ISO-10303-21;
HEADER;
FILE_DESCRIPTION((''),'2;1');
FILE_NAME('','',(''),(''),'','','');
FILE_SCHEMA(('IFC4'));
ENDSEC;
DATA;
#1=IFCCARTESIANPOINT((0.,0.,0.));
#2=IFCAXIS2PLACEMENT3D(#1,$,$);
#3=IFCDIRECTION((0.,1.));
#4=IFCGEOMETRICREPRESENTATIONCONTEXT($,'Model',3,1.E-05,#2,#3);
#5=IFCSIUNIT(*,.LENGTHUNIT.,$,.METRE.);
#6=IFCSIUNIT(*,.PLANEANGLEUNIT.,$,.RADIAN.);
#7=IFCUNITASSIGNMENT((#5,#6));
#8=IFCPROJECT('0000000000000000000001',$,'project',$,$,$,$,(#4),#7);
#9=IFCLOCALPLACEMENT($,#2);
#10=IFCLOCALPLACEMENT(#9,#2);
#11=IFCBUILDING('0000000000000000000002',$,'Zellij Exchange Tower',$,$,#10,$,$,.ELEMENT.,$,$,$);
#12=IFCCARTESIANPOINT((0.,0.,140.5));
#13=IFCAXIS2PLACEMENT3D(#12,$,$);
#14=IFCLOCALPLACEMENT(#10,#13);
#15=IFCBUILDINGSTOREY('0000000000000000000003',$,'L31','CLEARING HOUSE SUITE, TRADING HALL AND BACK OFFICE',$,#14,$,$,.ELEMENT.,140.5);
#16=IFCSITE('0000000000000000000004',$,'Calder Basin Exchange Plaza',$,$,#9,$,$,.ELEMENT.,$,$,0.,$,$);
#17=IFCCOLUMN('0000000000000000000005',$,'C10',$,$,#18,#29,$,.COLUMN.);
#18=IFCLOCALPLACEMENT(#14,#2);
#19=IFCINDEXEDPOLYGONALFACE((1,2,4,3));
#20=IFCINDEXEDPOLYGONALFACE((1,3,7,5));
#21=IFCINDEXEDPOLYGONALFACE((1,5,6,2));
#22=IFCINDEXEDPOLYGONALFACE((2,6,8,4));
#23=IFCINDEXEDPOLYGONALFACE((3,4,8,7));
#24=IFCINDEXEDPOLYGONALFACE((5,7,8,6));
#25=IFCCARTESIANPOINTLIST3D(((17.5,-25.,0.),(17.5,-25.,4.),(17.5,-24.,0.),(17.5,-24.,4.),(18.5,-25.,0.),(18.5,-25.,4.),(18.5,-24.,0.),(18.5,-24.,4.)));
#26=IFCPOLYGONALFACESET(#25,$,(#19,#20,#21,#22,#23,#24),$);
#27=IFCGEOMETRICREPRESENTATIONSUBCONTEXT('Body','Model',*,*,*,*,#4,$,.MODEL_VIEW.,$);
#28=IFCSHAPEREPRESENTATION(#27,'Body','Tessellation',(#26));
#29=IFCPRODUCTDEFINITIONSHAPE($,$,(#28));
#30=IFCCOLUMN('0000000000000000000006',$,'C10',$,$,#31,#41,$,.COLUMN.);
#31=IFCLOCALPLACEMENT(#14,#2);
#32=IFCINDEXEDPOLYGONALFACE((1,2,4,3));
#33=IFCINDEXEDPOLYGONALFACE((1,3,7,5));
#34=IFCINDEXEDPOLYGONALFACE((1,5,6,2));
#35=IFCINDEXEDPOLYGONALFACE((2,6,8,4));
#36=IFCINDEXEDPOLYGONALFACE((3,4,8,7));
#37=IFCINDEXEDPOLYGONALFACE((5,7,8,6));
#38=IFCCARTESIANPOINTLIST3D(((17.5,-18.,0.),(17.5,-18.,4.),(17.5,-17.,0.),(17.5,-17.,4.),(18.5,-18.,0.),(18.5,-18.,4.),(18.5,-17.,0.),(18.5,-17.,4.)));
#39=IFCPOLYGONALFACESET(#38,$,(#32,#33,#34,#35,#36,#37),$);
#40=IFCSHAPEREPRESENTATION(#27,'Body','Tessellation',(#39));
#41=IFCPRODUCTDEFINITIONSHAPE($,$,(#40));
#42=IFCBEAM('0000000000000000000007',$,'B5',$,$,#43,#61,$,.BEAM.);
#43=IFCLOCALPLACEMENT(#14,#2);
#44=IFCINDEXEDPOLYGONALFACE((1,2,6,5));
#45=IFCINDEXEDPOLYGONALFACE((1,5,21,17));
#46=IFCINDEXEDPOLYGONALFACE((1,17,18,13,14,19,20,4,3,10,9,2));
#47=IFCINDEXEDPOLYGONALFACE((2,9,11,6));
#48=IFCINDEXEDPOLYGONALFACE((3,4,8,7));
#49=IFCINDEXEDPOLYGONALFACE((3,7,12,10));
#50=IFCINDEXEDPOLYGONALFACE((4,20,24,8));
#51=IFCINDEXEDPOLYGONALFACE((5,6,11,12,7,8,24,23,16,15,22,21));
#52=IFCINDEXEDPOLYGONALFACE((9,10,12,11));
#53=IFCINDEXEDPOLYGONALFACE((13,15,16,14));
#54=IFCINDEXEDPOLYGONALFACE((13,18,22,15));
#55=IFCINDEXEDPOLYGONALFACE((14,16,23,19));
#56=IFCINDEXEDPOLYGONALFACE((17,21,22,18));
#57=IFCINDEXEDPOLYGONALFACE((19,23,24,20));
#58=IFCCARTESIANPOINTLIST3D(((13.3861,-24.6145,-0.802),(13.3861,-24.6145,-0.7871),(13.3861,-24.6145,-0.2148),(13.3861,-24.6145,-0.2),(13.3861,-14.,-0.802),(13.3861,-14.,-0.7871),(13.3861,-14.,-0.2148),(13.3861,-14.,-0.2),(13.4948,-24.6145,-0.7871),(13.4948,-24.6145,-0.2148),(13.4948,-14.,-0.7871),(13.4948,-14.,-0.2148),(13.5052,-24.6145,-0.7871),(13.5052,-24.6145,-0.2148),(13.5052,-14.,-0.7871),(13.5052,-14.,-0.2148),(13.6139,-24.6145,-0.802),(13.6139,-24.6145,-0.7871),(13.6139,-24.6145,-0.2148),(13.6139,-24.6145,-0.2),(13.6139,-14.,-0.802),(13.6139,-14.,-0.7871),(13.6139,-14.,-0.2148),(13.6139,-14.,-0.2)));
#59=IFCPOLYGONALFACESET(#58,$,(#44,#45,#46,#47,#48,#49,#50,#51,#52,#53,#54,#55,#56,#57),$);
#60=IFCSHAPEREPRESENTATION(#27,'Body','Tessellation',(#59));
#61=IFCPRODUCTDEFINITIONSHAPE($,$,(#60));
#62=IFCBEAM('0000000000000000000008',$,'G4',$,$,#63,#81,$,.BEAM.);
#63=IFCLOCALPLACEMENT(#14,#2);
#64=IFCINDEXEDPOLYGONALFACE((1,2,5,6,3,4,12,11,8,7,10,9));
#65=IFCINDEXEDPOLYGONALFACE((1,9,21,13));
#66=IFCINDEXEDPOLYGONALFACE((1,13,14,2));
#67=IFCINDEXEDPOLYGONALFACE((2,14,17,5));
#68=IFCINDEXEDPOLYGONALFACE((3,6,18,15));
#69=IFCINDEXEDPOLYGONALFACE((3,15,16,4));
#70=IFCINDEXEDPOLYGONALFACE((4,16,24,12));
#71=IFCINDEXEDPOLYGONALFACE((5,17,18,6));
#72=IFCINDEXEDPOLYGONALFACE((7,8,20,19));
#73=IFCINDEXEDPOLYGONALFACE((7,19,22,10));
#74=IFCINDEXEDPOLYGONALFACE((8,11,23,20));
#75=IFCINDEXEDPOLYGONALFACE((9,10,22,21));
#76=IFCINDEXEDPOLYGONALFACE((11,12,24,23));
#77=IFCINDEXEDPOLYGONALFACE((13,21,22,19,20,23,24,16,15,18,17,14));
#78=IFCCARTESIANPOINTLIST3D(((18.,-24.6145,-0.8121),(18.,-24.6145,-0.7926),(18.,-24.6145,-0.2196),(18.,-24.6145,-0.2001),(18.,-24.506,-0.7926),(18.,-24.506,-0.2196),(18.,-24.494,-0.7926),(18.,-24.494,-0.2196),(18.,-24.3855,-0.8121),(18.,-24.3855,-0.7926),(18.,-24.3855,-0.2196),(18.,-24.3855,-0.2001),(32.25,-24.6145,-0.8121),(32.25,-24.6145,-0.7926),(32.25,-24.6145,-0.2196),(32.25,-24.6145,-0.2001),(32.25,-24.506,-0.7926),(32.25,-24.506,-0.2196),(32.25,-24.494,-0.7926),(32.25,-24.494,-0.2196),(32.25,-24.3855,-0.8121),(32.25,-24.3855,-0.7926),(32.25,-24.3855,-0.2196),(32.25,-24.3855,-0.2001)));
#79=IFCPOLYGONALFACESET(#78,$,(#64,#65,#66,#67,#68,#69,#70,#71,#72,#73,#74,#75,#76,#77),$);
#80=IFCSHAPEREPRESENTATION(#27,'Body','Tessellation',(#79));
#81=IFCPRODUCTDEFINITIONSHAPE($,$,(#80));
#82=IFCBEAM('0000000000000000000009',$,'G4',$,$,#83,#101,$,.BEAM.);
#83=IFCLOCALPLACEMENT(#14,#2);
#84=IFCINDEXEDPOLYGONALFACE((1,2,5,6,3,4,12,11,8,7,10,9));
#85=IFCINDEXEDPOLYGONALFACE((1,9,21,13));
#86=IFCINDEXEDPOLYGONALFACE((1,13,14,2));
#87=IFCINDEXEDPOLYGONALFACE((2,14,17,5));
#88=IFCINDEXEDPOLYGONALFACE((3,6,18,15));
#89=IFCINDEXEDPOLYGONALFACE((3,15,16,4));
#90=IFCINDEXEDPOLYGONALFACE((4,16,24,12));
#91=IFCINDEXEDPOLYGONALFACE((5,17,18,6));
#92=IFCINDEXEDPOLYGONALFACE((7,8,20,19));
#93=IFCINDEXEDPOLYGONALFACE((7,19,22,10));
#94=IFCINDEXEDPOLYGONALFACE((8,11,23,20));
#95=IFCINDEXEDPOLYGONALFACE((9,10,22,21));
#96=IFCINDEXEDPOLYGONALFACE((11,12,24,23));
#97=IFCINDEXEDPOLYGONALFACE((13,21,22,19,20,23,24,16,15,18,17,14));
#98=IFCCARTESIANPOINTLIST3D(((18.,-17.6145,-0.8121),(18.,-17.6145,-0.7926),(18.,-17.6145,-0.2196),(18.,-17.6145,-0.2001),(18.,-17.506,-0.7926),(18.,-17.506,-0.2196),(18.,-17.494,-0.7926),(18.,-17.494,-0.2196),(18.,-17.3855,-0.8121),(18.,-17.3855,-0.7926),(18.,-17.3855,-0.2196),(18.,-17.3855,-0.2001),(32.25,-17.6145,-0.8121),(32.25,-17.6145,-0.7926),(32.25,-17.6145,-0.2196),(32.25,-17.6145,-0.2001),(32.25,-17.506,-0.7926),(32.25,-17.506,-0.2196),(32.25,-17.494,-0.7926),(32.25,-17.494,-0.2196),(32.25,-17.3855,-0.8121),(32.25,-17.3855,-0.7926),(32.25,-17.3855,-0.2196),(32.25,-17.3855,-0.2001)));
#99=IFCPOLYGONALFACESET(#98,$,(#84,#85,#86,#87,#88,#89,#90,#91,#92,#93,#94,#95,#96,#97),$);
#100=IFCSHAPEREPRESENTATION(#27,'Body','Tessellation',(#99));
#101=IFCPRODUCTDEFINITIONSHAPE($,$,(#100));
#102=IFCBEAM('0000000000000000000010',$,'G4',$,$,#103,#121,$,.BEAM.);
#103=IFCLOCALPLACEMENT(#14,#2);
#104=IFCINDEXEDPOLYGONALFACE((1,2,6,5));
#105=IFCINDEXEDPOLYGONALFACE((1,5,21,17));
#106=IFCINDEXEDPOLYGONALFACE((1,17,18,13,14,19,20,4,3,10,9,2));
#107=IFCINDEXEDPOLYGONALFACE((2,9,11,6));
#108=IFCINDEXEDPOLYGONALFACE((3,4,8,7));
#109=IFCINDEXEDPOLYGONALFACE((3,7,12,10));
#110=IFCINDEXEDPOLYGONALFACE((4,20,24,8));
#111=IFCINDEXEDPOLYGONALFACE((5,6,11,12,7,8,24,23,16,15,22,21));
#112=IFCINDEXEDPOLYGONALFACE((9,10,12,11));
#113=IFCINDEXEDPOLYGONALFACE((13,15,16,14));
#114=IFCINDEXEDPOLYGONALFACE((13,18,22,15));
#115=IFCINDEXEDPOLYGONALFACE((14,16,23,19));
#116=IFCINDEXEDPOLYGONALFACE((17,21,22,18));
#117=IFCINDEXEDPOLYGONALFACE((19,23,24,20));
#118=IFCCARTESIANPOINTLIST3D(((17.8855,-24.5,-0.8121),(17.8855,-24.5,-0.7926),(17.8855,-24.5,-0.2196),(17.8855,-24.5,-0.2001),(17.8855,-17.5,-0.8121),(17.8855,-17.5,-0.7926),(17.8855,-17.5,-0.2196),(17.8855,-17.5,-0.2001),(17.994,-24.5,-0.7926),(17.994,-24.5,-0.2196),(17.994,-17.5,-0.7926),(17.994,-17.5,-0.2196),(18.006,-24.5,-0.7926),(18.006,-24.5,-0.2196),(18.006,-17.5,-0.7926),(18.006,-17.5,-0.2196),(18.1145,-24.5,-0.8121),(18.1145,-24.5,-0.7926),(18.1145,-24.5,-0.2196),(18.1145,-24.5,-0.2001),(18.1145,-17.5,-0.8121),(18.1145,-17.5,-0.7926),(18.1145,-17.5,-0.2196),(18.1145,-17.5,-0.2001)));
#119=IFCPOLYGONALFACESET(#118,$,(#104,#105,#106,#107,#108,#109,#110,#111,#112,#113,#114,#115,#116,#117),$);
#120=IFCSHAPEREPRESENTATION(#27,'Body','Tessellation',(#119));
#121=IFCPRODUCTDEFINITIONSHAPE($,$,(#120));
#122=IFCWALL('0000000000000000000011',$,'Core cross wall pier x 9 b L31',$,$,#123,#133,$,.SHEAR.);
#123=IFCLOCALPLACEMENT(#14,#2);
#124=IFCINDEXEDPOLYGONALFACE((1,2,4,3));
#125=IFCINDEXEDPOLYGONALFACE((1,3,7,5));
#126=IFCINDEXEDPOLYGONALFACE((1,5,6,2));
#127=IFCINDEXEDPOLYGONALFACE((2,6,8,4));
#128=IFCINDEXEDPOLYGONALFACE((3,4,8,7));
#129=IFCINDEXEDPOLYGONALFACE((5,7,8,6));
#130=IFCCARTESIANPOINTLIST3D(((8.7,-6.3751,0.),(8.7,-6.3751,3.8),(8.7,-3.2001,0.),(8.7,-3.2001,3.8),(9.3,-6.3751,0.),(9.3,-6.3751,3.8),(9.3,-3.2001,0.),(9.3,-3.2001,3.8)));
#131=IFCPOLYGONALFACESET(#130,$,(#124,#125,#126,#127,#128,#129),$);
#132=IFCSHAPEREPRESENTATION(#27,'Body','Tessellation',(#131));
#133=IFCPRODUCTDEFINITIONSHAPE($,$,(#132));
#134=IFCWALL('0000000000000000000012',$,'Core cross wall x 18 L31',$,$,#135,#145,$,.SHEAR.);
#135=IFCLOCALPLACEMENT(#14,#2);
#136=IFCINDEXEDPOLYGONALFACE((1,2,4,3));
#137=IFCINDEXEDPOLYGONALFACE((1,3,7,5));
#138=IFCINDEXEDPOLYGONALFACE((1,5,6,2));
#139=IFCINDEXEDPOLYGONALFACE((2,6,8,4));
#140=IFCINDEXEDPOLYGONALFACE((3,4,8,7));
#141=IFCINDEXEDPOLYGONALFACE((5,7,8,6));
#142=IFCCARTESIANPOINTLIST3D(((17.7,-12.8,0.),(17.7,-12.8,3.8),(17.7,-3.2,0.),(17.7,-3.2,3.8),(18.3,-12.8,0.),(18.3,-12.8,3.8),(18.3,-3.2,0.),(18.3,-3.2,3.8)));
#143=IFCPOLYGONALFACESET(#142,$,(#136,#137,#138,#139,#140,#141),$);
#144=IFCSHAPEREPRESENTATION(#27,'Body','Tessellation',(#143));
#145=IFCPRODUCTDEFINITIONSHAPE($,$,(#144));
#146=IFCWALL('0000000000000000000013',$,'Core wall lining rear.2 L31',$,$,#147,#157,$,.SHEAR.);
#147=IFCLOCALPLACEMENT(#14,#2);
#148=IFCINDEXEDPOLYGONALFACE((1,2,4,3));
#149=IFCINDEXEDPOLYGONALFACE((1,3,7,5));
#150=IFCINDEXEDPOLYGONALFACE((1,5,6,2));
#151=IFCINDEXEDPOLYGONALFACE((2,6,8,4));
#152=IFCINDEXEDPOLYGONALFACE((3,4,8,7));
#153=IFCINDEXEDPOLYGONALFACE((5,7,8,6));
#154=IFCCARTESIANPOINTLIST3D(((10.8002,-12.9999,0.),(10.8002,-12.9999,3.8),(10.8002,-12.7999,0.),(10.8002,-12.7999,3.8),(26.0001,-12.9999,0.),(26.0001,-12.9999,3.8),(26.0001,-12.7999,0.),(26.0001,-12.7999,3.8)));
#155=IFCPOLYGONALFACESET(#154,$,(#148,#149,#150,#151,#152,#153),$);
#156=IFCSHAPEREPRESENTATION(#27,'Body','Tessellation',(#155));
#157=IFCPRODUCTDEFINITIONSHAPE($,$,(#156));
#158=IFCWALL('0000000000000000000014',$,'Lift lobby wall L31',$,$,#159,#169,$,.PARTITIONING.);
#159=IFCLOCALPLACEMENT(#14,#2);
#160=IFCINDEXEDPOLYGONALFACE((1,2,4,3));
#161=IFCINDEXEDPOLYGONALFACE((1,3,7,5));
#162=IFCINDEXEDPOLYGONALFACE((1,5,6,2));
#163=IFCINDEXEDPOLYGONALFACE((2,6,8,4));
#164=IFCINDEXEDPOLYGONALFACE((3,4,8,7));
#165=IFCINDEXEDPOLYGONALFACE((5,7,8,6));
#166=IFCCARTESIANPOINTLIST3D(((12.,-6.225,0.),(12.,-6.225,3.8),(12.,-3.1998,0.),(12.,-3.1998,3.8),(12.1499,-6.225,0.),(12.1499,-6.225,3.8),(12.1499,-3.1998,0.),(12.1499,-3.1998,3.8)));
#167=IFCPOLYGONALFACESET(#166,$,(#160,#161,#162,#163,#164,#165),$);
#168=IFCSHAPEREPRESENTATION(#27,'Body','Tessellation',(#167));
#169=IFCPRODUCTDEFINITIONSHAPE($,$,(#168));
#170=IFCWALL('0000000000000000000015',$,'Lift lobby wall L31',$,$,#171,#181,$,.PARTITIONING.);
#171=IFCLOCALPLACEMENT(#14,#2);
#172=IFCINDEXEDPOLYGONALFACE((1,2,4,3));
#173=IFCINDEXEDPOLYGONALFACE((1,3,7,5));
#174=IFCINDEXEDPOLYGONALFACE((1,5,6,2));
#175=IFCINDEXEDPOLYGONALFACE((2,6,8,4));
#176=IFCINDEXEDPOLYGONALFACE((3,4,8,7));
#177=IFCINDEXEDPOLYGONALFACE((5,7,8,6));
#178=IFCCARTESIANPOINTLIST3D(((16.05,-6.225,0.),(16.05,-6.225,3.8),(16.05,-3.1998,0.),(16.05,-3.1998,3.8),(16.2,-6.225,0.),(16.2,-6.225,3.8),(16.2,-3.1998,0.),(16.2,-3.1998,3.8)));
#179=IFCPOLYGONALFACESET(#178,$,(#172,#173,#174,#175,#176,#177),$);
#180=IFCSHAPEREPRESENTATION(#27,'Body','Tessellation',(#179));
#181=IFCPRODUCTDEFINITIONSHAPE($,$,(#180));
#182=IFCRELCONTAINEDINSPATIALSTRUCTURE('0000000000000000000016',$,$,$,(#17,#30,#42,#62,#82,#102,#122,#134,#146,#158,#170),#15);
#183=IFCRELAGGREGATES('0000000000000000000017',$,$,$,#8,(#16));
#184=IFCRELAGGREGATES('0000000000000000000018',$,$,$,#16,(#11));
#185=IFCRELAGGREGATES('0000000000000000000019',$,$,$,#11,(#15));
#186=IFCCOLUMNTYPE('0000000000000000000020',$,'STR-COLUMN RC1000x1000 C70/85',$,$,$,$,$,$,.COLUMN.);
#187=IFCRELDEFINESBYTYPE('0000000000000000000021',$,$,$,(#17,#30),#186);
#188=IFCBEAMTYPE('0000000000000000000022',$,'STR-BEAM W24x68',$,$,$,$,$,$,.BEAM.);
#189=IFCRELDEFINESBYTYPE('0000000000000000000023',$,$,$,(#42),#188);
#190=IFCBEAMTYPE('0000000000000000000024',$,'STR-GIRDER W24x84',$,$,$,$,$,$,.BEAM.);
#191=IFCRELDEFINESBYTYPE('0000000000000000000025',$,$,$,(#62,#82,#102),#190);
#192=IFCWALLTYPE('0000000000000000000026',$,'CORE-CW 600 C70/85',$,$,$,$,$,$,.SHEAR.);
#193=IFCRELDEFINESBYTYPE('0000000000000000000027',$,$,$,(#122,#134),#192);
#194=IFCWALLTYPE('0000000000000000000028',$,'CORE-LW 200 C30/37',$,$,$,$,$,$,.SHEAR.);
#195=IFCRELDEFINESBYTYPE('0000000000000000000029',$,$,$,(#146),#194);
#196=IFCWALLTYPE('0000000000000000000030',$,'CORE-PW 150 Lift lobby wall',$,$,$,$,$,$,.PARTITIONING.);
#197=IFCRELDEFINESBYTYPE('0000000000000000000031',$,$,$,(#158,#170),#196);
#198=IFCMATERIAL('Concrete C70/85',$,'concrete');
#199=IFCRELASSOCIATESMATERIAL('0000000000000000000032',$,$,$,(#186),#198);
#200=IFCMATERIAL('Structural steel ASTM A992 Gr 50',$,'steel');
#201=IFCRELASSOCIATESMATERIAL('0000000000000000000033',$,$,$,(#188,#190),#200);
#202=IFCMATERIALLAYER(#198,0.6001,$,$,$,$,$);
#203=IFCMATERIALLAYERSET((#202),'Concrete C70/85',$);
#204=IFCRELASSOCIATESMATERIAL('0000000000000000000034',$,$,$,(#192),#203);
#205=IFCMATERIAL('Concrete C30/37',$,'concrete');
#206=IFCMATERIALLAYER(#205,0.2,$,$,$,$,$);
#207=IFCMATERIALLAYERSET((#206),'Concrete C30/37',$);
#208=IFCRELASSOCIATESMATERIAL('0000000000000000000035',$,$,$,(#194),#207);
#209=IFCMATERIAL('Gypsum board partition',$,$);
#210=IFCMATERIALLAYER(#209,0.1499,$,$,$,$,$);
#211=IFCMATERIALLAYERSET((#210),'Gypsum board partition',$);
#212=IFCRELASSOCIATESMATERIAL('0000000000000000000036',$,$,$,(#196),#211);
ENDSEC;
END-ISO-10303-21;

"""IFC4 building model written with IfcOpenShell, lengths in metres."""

from ifc_helpers import new_model, si_unit, direction, frame, frame_2d, origin, origin_2d, place, context, subcontext, project, spatial, rectangle, i_section, extrude, material, layer, layer_set, material_profile, profile_set, type_object, element, save


model = new_model("IFC4")

# Units and contexts
model_context = context("Model", 3, precision=1e-05, world=origin(), true_north=direction((0.0, 1.0)))
body_context = subcontext(model_context, "Body", "Model", "MODEL_VIEW")
ifc_project = project(units=[si_unit("LENGTHUNIT", "METRE"), si_unit("PLANEANGLEUNIT", "RADIAN")], contexts=[model_context])

# Site, building, storey
site_placement = place(None, origin())
site = spatial("IfcSite", under=ifc_project, at=site_placement, Name="Calder Basin Exchange Plaza", CompositionType="ELEMENT", RefElevation=0.0)
building_placement = place(site_placement, origin())
building = spatial("IfcBuilding", under=site, at=building_placement, Name="Zellij Exchange Tower", CompositionType="ELEMENT")
storey_placement = place(building_placement, frame((0.0, 0.0, 140.5)))
storey = spatial("IfcBuildingStorey", under=building, at=storey_placement, Name="L31", Description="CLEARING HOUSE SUITE, TRADING HALL AND BACK OFFICE", CompositionType="ELEMENT", Elevation=140.5)

# Columns
ifc_material_1 = material(Name="Concrete C70/85", Category="concrete")
ifc_material_profile_1 = material_profile(ifc_material_1, rectangle(XDim=1.0, YDim=1.0, at=origin_2d()), Name="STR-COLUMN RC1000x1000 C70/85")
ifc_profile_set_1 = profile_set([ifc_material_profile_1], Name="Concrete C70/85")
column_type = type_object("IfcColumnType", Name="STR-COLUMN RC1000x1000 C70/85", PredefinedType="COLUMN", material=ifc_profile_set_1)
for number, where, z_axis, x_axis, name in (
    (1, (18.0, -24.5, 0.0), (0.0, 0.0, 1.0), (1.0, 0.0, 0.0), "C10"),
    (2, (18.0, -17.5, 0.0), (0.0, 0.0, 1.0), (1.0, 0.0, 0.0), "C10"),
):
    element("IfcColumn", number, at=place(storey_placement, frame(where, z_axis=z_axis, x_axis=x_axis)), inside=storey, type_object=column_type, Name=name, PredefinedType="COLUMN", context=body_context, shape_type="SweptSolid", body=[
        extrude(rectangle(XDim=1.0, YDim=1.0, at=origin_2d()), origin(), (0.0, 0.0, 1.0), 4.0),
    ])

# Beams
ifc_material_2 = material(Name="Structural steel ASTM A992 Gr 50", Category="steel")
ifc_material_profile_2 = material_profile(ifc_material_2, i_section(OverallWidth=0.2278, OverallDepth=0.6021, WebThickness=0.0105, FlangeThickness=0.0149, at=origin_2d()), Name="W24x68")
ifc_profile_set_2 = profile_set([ifc_material_profile_2], Name="Structural steel ASTM A992 Gr 50")
beam_type_1 = type_object("IfcBeamType", Name="STR-BEAM W24x68", PredefinedType="BEAM", material=ifc_profile_set_2)
beam_1_placement = place(storey_placement, frame((13.5, -24.6145, -0.501), z_axis=(0.0, 1.0, 0.0), x_axis=(-1.0, 0.0, 0.0)))
element("IfcBeam", 3, at=beam_1_placement, inside=storey, type_object=beam_type_1, Name="B5", PredefinedType="BEAM", context=body_context, shape_type="SweptSolid", body=[
    extrude(i_section(OverallWidth=0.2278, OverallDepth=0.6021, WebThickness=0.0105, FlangeThickness=0.0149, at=origin_2d()), origin(), (0.0, 0.0, 1.0), 10.6145),
])
ifc_material_profile_3 = material_profile(ifc_material_2, i_section(OverallWidth=0.229, OverallDepth=0.6121, WebThickness=0.012, FlangeThickness=0.0195, at=origin_2d()), Name="W24x84")
ifc_profile_set_3 = profile_set([ifc_material_profile_3], Name="Structural steel ASTM A992 Gr 50")
beam_type_2 = type_object("IfcBeamType", Name="STR-GIRDER W24x84", PredefinedType="BEAM", material=ifc_profile_set_3)
for number, where, z_axis, x_axis, name in (
    (4, (18.0, -24.5, -0.5061), (1.0, 0.0, 0.0), (0.0, 1.0, 0.0), "G4"),
    (5, (18.0, -17.5, -0.5061), (1.0, 0.0, 0.0), (0.0, 1.0, 0.0), "G4"),
):
    element("IfcBeam", number, at=place(storey_placement, frame(where, z_axis=z_axis, x_axis=x_axis)), inside=storey, type_object=beam_type_2, Name=name, PredefinedType="BEAM", context=body_context, shape_type="SweptSolid", body=[
        extrude(i_section(OverallWidth=0.229, OverallDepth=0.6121, WebThickness=0.012, FlangeThickness=0.0195, at=origin_2d()), origin(), (0.0, 0.0, 1.0), 14.25),
    ])
beam_2_placement = place(storey_placement, frame((18.0, -24.5, -0.5061), z_axis=(0.0, 1.0, 0.0), x_axis=(-1.0, 0.0, 0.0)))
element("IfcBeam", 6, at=beam_2_placement, inside=storey, type_object=beam_type_2, Name="G4", PredefinedType="BEAM", context=body_context, shape_type="SweptSolid", body=[
    extrude(i_section(OverallWidth=0.229, OverallDepth=0.6121, WebThickness=0.012, FlangeThickness=0.0195, at=origin_2d()), origin(), (0.0, 0.0, 1.0), 7.0),
])

# Walls
ifc_layer_1 = layer(ifc_material_1, 0.6001)
ifc_layer_set_1 = layer_set([ifc_layer_1], Name="Concrete C70/85")
wall_type_1 = type_object("IfcWallType", Name="CORE-CW 600 C70/85", PredefinedType="SHEAR", material=ifc_layer_set_1)
wall_1_placement = place(storey_placement, frame((9.0, -6.375, 0.0), z_axis=(0.0, 0.0, 1.0), x_axis=(0.0, 1.0, 0.0)))
element("IfcWall", 7, at=wall_1_placement, inside=storey, type_object=wall_type_1, Name="Core cross wall pier x 9 b L31", PredefinedType="SHEAR", context=body_context, shape_type="SweptSolid", body=[
    extrude(rectangle(XDim=3.175, YDim=0.6001, at=frame_2d((1.5874, 0.0))), origin(), (0.0, 0.0, 1.0), 3.8),
])
wall_2_placement = place(storey_placement, frame((18.0, -12.8, 0.0), z_axis=(0.0, 0.0, 1.0), x_axis=(0.0, 1.0, 0.0)))
element("IfcWall", 8, at=wall_2_placement, inside=storey, type_object=wall_type_1, Name="Core cross wall x 18 L31", PredefinedType="SHEAR", context=body_context, shape_type="SweptSolid", body=[
    extrude(rectangle(XDim=9.6001, YDim=0.6001, at=frame_2d((4.8, 0.0))), origin(), (0.0, 0.0, 1.0), 3.8),
])
ifc_material_3 = material(Name="Concrete C30/37", Category="concrete")
ifc_layer_2 = layer(ifc_material_3, 0.2)
ifc_layer_set_2 = layer_set([ifc_layer_2], Name="Concrete C30/37")
wall_type_2 = type_object("IfcWallType", Name="CORE-LW 200 C30/37", PredefinedType="SHEAR", material=ifc_layer_set_2)
wall_3_placement = place(storey_placement, frame((10.8, -12.8999, 0.0), z_axis=(0.0, 0.0, 1.0), x_axis=(1.0, 0.0, 0.0)))
element("IfcWall", 9, at=wall_3_placement, inside=storey, type_object=wall_type_2, Name="Core wall lining rear.2 L31", PredefinedType="SHEAR", context=body_context, shape_type="SweptSolid", body=[
    extrude(rectangle(XDim=15.2, YDim=0.2, at=frame_2d((7.6001, 0.0))), origin(), (0.0, 0.0, 1.0), 3.8),
])
ifc_material_4 = material(Name="Gypsum board partition")
ifc_layer_3 = layer(ifc_material_4, 0.1499)
ifc_layer_set_3 = layer_set([ifc_layer_3], Name="Gypsum board partition")
wall_type_3 = type_object("IfcWallType", Name="CORE-PW 150 Lift lobby wall", PredefinedType="PARTITIONING", material=ifc_layer_set_3)
for number, where, z_axis, x_axis, name in (
    (10, (12.075, -6.2251, 0.0), (0.0, 0.0, 1.0), (0.0, 1.0, 0.0), "Lift lobby wall L31"),
    (11, (16.125, -6.2251, 0.0), (0.0, 0.0, 1.0), (0.0, 1.0, 0.0), "Lift lobby wall L31"),
):
    element("IfcWall", number, at=place(storey_placement, frame(where, z_axis=z_axis, x_axis=x_axis)), inside=storey, type_object=wall_type_3, Name=name, PredefinedType="PARTITIONING", context=body_context, shape_type="SweptSolid", body=[
        extrude(rectangle(XDim=3.0251, YDim=0.1499, at=frame_2d((1.5127, 0.0))), origin(), (0.0, 0.0, 1.0), 3.8),
    ])

save(model, "model.ifc")
